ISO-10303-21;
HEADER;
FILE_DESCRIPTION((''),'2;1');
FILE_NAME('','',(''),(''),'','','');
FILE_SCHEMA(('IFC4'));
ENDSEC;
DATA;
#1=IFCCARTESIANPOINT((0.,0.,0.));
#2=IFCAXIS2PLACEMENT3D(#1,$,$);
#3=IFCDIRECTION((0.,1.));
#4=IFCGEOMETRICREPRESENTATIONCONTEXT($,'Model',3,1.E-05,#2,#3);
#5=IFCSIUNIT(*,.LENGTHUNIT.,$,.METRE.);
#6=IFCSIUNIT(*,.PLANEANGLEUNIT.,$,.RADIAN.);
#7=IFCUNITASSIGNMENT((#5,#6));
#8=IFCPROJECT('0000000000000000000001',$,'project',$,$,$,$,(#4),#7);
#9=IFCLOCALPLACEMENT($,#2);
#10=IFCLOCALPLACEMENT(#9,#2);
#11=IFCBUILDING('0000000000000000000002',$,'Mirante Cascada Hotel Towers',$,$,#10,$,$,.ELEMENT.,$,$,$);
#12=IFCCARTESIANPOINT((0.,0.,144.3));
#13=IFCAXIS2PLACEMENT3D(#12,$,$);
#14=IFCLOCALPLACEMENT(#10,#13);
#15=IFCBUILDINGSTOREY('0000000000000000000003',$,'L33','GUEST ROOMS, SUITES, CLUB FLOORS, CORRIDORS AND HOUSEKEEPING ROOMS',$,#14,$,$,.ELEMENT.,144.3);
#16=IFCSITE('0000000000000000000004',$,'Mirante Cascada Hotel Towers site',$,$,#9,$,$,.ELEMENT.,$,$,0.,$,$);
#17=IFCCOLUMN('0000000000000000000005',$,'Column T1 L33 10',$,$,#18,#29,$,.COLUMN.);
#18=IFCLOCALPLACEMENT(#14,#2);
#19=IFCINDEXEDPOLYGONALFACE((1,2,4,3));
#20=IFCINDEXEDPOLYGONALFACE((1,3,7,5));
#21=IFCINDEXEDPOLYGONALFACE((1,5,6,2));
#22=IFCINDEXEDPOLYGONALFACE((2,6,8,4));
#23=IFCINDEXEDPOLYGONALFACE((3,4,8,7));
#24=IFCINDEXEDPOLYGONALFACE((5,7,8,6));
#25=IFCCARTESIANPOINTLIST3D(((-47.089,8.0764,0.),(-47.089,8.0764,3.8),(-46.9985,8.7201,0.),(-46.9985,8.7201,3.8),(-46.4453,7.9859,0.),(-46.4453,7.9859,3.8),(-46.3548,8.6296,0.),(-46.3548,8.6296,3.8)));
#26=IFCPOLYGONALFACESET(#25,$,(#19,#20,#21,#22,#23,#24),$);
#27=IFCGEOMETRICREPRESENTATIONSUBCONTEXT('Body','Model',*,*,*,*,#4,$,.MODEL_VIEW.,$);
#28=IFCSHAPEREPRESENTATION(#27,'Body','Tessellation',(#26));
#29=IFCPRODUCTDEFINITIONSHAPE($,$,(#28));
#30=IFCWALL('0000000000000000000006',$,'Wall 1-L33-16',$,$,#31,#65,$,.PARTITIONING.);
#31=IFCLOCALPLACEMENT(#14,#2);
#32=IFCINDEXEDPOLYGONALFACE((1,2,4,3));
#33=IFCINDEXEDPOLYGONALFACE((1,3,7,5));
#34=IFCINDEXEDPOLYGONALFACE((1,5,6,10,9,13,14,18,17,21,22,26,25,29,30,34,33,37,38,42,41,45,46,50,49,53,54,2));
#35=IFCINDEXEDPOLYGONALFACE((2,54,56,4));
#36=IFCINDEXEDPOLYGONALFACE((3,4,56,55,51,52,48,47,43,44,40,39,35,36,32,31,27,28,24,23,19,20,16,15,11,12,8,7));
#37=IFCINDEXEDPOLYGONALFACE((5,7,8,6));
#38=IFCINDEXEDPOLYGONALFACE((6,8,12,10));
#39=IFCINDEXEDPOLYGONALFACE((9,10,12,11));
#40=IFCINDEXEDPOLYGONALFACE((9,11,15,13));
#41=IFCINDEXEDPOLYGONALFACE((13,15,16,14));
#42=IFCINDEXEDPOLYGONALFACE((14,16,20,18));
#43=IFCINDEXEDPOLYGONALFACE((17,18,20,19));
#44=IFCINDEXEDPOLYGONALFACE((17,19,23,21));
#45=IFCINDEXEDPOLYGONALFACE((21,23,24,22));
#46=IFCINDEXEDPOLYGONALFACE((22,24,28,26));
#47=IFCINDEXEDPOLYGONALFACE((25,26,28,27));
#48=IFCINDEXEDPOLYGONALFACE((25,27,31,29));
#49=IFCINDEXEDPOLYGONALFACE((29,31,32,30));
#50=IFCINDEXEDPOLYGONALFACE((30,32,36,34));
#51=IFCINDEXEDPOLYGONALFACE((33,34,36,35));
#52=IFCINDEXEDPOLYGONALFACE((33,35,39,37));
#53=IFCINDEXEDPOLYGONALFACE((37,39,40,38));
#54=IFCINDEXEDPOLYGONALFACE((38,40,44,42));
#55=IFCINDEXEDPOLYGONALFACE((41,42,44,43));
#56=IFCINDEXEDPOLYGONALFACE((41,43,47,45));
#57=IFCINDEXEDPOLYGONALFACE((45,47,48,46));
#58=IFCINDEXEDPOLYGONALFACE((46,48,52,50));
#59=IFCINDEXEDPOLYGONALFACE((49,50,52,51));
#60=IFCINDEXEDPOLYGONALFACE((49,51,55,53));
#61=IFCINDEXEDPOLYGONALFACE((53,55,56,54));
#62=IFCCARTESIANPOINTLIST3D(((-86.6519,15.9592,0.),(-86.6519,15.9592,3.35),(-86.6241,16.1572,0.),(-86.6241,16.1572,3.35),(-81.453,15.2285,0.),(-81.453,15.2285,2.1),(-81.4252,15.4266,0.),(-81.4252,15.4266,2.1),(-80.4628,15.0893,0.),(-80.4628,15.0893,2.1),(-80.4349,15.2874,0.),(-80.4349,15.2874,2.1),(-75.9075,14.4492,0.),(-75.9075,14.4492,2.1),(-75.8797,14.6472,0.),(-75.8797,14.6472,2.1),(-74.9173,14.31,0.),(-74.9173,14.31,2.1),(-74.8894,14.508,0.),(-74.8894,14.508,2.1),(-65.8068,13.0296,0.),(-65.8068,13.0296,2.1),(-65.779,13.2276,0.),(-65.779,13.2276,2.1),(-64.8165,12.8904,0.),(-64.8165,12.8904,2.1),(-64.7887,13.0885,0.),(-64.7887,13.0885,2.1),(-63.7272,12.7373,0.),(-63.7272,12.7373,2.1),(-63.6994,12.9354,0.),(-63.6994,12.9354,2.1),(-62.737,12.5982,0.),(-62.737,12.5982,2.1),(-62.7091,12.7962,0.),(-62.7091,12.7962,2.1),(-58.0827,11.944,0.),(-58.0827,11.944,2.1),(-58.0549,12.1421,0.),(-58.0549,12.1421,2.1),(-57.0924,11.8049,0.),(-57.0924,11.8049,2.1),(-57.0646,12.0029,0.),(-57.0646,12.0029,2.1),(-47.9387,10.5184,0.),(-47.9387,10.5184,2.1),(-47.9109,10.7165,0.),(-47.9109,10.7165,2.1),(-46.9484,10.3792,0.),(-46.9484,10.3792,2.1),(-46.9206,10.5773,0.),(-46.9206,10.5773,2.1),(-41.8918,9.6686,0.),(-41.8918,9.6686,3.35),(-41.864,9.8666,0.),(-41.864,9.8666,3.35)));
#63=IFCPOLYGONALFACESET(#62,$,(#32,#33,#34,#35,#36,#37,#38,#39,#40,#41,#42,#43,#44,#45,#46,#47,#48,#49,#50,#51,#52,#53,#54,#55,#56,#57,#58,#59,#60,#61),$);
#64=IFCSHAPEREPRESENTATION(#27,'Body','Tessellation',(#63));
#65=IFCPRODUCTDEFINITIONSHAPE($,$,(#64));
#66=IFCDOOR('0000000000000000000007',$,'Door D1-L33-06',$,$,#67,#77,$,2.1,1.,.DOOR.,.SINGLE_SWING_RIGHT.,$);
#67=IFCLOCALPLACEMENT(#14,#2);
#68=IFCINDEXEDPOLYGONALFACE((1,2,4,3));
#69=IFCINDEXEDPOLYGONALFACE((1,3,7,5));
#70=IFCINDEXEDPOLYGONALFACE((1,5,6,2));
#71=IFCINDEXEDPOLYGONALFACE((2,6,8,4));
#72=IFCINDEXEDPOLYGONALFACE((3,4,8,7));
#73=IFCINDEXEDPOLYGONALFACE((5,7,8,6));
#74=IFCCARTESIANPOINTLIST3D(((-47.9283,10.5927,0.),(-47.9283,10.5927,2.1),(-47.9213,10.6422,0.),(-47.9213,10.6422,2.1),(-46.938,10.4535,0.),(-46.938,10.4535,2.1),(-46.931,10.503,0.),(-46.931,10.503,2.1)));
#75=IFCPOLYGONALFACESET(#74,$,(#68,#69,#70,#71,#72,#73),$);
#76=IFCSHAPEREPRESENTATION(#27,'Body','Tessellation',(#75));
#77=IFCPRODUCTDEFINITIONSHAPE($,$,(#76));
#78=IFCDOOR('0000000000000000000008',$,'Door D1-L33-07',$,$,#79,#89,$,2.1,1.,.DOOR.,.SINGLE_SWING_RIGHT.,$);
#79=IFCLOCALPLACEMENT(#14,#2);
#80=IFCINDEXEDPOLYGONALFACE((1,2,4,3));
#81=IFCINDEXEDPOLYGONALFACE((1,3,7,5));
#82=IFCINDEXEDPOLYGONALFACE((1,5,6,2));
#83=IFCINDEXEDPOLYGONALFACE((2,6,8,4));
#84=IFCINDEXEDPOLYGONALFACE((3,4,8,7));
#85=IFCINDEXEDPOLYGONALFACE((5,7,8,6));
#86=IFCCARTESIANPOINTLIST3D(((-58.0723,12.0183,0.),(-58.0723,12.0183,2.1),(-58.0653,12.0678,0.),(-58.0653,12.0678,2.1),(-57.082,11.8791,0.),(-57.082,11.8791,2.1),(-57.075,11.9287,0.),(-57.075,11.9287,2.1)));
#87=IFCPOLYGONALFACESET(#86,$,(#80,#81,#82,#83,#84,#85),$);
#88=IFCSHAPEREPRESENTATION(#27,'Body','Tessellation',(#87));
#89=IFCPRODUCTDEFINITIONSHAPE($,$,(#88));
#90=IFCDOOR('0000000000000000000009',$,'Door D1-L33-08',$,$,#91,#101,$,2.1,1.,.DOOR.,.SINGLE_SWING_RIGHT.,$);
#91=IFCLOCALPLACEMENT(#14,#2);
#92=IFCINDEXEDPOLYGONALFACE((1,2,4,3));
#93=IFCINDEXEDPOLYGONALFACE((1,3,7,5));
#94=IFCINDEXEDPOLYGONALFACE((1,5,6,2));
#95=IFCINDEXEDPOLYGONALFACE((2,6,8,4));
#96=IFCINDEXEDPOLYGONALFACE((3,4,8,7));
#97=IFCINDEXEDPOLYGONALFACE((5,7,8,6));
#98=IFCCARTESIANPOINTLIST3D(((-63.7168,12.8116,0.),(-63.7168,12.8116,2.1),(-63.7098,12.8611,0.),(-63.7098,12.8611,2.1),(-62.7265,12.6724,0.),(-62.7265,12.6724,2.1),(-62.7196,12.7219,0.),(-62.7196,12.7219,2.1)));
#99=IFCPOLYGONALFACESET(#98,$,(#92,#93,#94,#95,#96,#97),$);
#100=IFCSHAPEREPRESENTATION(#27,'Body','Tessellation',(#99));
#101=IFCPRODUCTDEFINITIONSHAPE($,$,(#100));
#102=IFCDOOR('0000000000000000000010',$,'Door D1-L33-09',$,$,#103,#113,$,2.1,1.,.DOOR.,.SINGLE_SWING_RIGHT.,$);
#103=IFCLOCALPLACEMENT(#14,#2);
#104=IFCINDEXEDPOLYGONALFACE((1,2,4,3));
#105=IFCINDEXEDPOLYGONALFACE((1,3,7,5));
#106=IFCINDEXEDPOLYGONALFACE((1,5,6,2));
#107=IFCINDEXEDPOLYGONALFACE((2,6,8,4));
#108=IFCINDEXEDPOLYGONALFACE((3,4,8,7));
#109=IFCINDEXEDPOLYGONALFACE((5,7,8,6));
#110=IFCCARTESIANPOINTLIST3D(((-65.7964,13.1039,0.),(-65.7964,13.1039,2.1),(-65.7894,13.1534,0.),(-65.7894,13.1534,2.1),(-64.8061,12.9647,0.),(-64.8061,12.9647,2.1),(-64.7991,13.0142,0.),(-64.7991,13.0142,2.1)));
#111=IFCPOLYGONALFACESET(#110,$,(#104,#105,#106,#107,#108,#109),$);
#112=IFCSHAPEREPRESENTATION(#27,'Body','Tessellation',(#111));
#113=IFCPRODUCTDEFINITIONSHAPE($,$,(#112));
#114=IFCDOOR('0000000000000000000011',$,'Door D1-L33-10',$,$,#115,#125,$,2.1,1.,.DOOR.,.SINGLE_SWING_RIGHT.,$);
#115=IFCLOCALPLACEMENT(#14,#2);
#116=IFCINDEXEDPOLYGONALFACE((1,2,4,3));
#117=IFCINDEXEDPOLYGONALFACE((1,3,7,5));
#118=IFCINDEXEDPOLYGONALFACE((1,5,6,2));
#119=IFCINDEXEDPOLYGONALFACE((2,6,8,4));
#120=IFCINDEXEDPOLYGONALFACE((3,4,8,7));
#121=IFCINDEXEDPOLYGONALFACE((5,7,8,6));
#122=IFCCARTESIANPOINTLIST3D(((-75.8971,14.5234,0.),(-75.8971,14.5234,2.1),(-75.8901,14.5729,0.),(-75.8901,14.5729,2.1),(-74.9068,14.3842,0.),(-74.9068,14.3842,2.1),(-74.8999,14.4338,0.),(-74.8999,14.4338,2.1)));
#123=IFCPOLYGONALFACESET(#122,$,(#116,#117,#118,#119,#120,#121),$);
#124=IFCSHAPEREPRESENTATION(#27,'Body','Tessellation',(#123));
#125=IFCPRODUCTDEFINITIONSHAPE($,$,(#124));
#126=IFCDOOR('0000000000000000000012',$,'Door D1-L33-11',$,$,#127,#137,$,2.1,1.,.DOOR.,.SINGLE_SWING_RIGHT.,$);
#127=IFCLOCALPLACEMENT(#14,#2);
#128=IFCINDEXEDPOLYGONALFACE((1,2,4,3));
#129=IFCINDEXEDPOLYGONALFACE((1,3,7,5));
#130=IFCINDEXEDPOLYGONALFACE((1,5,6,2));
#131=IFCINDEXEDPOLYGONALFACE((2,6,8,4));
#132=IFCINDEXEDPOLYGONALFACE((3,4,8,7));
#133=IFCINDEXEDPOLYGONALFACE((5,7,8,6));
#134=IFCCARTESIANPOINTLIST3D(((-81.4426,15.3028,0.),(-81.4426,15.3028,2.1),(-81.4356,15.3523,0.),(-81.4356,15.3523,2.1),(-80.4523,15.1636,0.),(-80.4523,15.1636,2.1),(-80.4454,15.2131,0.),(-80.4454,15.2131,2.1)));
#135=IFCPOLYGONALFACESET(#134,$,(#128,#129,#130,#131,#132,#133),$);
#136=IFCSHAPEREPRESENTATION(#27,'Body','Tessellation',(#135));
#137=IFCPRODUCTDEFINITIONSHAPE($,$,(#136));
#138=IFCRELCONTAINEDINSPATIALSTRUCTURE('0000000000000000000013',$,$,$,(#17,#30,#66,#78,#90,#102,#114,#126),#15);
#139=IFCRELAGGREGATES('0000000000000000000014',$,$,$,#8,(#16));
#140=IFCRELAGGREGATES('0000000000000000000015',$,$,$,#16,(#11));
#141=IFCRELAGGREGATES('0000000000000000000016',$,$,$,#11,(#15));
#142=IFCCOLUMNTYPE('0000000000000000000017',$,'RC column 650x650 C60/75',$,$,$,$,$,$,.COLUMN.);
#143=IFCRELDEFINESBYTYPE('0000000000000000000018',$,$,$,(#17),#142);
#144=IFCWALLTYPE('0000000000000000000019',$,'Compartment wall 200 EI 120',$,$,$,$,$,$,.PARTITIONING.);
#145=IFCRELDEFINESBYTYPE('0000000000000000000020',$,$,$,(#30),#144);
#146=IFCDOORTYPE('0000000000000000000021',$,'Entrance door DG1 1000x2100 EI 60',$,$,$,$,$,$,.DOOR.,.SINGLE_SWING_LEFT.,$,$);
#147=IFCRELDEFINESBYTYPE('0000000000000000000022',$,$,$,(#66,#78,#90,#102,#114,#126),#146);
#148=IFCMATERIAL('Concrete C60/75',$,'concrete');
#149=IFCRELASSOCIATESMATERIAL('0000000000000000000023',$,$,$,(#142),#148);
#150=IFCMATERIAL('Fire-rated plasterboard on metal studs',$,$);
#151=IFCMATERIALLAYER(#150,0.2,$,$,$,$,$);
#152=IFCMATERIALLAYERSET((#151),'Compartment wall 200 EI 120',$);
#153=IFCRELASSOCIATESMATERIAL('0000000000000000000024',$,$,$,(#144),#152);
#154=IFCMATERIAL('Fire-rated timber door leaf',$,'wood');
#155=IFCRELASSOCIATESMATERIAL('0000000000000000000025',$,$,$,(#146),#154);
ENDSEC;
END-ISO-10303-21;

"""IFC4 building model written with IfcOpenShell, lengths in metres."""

from ifc_helpers import new_model, si_unit, direction, frame, frame_2d, origin, origin_2d, place, context, subcontext, project, spatial, rectangle, extrude, material, layer, layer_set, material_profile, profile_set, type_object, element, fill, save


model = new_model("IFC4")

# Units and contexts
model_context = context("Model", 3, precision=1e-05, world=origin(), true_north=direction((0.0, 1.0)))
body_context = subcontext(model_context, "Body", "Model", "MODEL_VIEW")
ifc_project = project(units=[si_unit("LENGTHUNIT", "METRE"), si_unit("PLANEANGLEUNIT", "RADIAN")], contexts=[model_context])

# Site, building, storey
site_placement = place(None, origin())
site = spatial("IfcSite", under=ifc_project, at=site_placement, Name="Mirante Cascada Hotel Towers site", CompositionType="ELEMENT", RefElevation=0.0)
building_placement = place(site_placement, origin())
building = spatial("IfcBuilding", under=site, at=building_placement, Name="Mirante Cascada Hotel Towers", CompositionType="ELEMENT")
storey_placement = place(building_placement, frame((0.0, 0.0, 144.3)))
storey = spatial("IfcBuildingStorey", under=building, at=storey_placement, Name="L33", Description="GUEST ROOMS, SUITES, CLUB FLOORS, CORRIDORS AND HOUSEKEEPING ROOMS", CompositionType="ELEMENT", Elevation=144.3)

# Column
ifc_material_1 = material(Name="Concrete C60/75", Category="concrete")
ifc_material_profile = material_profile(ifc_material_1, rectangle(XDim=0.65, YDim=0.65, at=origin_2d()), Name="RC column 650x650 C60/75")
ifc_profile_set = profile_set([ifc_material_profile], Name="Concrete C60/75")
column_type = type_object("IfcColumnType", Name="RC column 650x650 C60/75", PredefinedType="COLUMN", material=ifc_profile_set)
column_placement = place(storey_placement, frame((-46.7219, 8.353, 0.0), z_axis=(0.0, 0.0, 1.0), x_axis=(-0.990268, 0.139173, 0.0)))
element("IfcColumn", 1, at=column_placement, inside=storey, type_object=column_type, Name="Column T1 L33 10", PredefinedType="COLUMN", context=body_context, shape_type="SweptSolid", body=[
    extrude(rectangle(XDim=0.65, YDim=0.65, at=origin_2d()), origin(), (0.0, 0.0, 1.0), 3.8),
])

# Wall, openings, doors
ifc_material_2 = material(Name="Fire-rated plasterboard on metal studs")
ifc_layer_1 = layer(ifc_material_2, 0.2)
ifc_layer_set_1 = layer_set([ifc_layer_1], Name="Compartment wall 200 EI 120")
wall_type_1 = type_object("IfcWallType", Name="Compartment wall 200 EI 120", PredefinedType="PARTITIONING", material=ifc_layer_set_1)
wall_1_placement = place(storey_placement, frame((-41.8779, 9.7676, 0.0), z_axis=(0.0, 0.0, 1.0), x_axis=(-0.990268, 0.139173, 0.0)))
wall_1 = element("IfcWall", 2, at=wall_1_placement, inside=storey, type_object=wall_type_1, Name="Wall 1-L33-16", PredefinedType="PARTITIONING", context=body_context, shape_type="SweptSolid", body=[
    extrude(rectangle(XDim=45.2, YDim=0.2, at=frame_2d((22.6, 0.0))), origin(), (0.0, 0.0, 1.0), 3.35),
])
opening_1_placement = place(wall_1_placement, frame((5.1063, 0.0, 0.0)))
opening_1 = element("IfcOpeningElement", 3, at=opening_1_placement, cuts=wall_1, PredefinedType="OPENING", context=body_context, shape_type="SweptSolid", body=[
    extrude(rectangle(XDim=1.0, YDim=2.1, at=frame_2d((0.5, 1.05))), frame((0.0, 0.1, 0.0), z_axis=(0.0, -1.0, 0.0), x_axis=(1.0, 0.0, 0.0)), (0.0, 0.0, 1.0), 0.2),
])
opening_2_placement = place(wall_1_placement, frame((15.35, 0.0, 0.0)))
opening_2 = element("IfcOpeningElement", 4, at=opening_2_placement, cuts=wall_1, PredefinedType="OPENING", context=body_context, shape_type="SweptSolid", body=[
    extrude(rectangle(XDim=1.0, YDim=2.1, at=frame_2d((0.5, 1.05))), frame((0.0, 0.1, 0.0), z_axis=(0.0, -1.0, 0.0), x_axis=(1.0, 0.0, 0.0)), (0.0, 0.0, 1.0), 0.2),
])
opening_3_placement = place(wall_1_placement, frame((21.05, 0.0, 0.0)))
opening_3 = element("IfcOpeningElement", 5, at=opening_3_placement, cuts=wall_1, PredefinedType="OPENING", context=body_context, shape_type="SweptSolid", body=[
    extrude(rectangle(XDim=1.0, YDim=2.1, at=frame_2d((0.5, 1.05))), frame((0.0, 0.1, 0.0), z_axis=(0.0, -1.0, 0.0), x_axis=(1.0, 0.0, 0.0)), (0.0, 0.0, 1.0), 0.2),
])
opening_4_placement = place(wall_1_placement, frame((23.15, 0.0, 0.0)))
opening_4 = element("IfcOpeningElement", 6, at=opening_4_placement, cuts=wall_1, PredefinedType="OPENING", context=body_context, shape_type="SweptSolid", body=[
    extrude(rectangle(XDim=1.0, YDim=2.1, at=frame_2d((0.5, 1.05))), frame((0.0, 0.1, 0.0), z_axis=(0.0, -1.0, 0.0), x_axis=(1.0, 0.0, 0.0)), (0.0, 0.0, 1.0), 0.2),
])
opening_5_placement = place(wall_1_placement, frame((33.35, 0.0, 0.0)))
opening_5 = element("IfcOpeningElement", 7, at=opening_5_placement, cuts=wall_1, PredefinedType="OPENING", context=body_context, shape_type="SweptSolid", body=[
    extrude(rectangle(XDim=1.0, YDim=2.1, at=frame_2d((0.5, 1.05))), frame((0.0, 0.1, 0.0), z_axis=(0.0, -1.0, 0.0), x_axis=(1.0, 0.0, 0.0)), (0.0, 0.0, 1.0), 0.2),
])
opening_6_placement = place(wall_1_placement, frame((38.95, 0.0, 0.0)))
opening_6 = element("IfcOpeningElement", 8, at=opening_6_placement, cuts=wall_1, PredefinedType="OPENING", context=body_context, shape_type="SweptSolid", body=[
    extrude(rectangle(XDim=1.0, YDim=2.1, at=frame_2d((0.5, 1.05))), frame((0.0, 0.1, 0.0), z_axis=(0.0, -1.0, 0.0), x_axis=(1.0, 0.0, 0.0)), (0.0, 0.0, 1.0), 0.2),
])
ifc_material_3 = material(Name="Fire-rated timber door leaf", Category="wood")
door_type_1 = type_object("IfcDoorType", Name="Entrance door DG1 1000x2100 EI 60", OperationType="SINGLE_SWING_LEFT", PredefinedType="DOOR", material=ifc_material_3)
door_1_placement = place(opening_1_placement, frame((1.0, 0.0, 0.0), z_axis=(0.0, 0.0, 1.0), x_axis=(-1.0, 0.0, 0.0)))
door_1 = element("IfcDoor", 9, at=door_1_placement, inside=storey, type_object=door_type_1, Name="Door D1-L33-06", OperationType="SINGLE_SWING_RIGHT", OverallHeight=2.1, OverallWidth=1.0, PredefinedType="DOOR", context=body_context, shape_type="SweptSolid", body=[
    extrude(rectangle(XDim=1.0, YDim=2.1, at=frame_2d((0.5, 1.05))), frame((0.0, 0.025, 0.0), z_axis=(0.0, -1.0, 0.0), x_axis=(1.0, 0.0, 0.0)), (0.0, 0.0, 1.0), 0.05),
])
fill(opening_1, door_1)
door_2_placement = place(opening_2_placement, frame((1.0, 0.0, 0.0), z_axis=(0.0, 0.0, 1.0), x_axis=(-1.0, 0.0, 0.0)))
door_2 = element("IfcDoor", 10, at=door_2_placement, inside=storey, type_object=door_type_1, Name="Door D1-L33-07", OperationType="SINGLE_SWING_RIGHT", OverallHeight=2.1, OverallWidth=1.0, PredefinedType="DOOR", context=body_context, shape_type="SweptSolid", body=[
    extrude(rectangle(XDim=1.0, YDim=2.1, at=frame_2d((0.5, 1.05))), frame((0.0, 0.025, 0.0), z_axis=(0.0, -1.0, 0.0), x_axis=(1.0, 0.0, 0.0)), (0.0, 0.0, 1.0), 0.05),
])
fill(opening_2, door_2)
door_3_placement = place(opening_3_placement, frame((1.0, 0.0, 0.0), z_axis=(0.0, 0.0, 1.0), x_axis=(-1.0, 0.0, 0.0)))
door_3 = element("IfcDoor", 11, at=door_3_placement, inside=storey, type_object=door_type_1, Name="Door D1-L33-08", OperationType="SINGLE_SWING_RIGHT", OverallHeight=2.1, OverallWidth=1.0, PredefinedType="DOOR", context=body_context, shape_type="SweptSolid", body=[
    extrude(rectangle(XDim=1.0, YDim=2.1, at=frame_2d((0.5, 1.05))), frame((0.0, 0.025, 0.0), z_axis=(0.0, -1.0, 0.0), x_axis=(1.0, 0.0, 0.0)), (0.0, 0.0, 1.0), 0.05),
])
fill(opening_3, door_3)
door_4_placement = place(opening_4_placement, frame((1.0, 0.0, 0.0), z_axis=(0.0, 0.0, 1.0), x_axis=(-1.0, 0.0, 0.0)))
door_4 = element("IfcDoor", 12, at=door_4_placement, inside=storey, type_object=door_type_1, Name="Door D1-L33-09", OperationType="SINGLE_SWING_RIGHT", OverallHeight=2.1, OverallWidth=1.0, PredefinedType="DOOR", context=body_context, shape_type="SweptSolid", body=[
    extrude(rectangle(XDim=1.0, YDim=2.1, at=frame_2d((0.5, 1.05))), frame((0.0, 0.025, 0.0), z_axis=(0.0, -1.0, 0.0), x_axis=(1.0, 0.0, 0.0)), (0.0, 0.0, 1.0), 0.05),
])
fill(opening_4, door_4)
door_5_placement = place(opening_5_placement, frame((1.0, 0.0, 0.0), z_axis=(0.0, 0.0, 1.0), x_axis=(-1.0, 0.0, 0.0)))
door_5 = element("IfcDoor", 13, at=door_5_placement, inside=storey, type_object=door_type_1, Name="Door D1-L33-10", OperationType="SINGLE_SWING_RIGHT", OverallHeight=2.1, OverallWidth=1.0, PredefinedType="DOOR", context=body_context, shape_type="SweptSolid", body=[
    extrude(rectangle(XDim=1.0, YDim=2.1, at=frame_2d((0.5, 1.05))), frame((0.0, 0.025, 0.0), z_axis=(0.0, -1.0, 0.0), x_axis=(1.0, 0.0, 0.0)), (0.0, 0.0, 1.0), 0.05),
])
fill(opening_5, door_5)
door_6_placement = place(opening_6_placement, frame((1.0, 0.0, 0.0), z_axis=(0.0, 0.0, 1.0), x_axis=(-1.0, 0.0, 0.0)))
door_6 = element("IfcDoor", 14, at=door_6_placement, inside=storey, type_object=door_type_1, Name="Door D1-L33-11", OperationType="SINGLE_SWING_RIGHT", OverallHeight=2.1, OverallWidth=1.0, PredefinedType="DOOR", context=body_context, shape_type="SweptSolid", body=[
    extrude(rectangle(XDim=1.0, YDim=2.1, at=frame_2d((0.5, 1.05))), frame((0.0, 0.025, 0.0), z_axis=(0.0, -1.0, 0.0), x_axis=(1.0, 0.0, 0.0)), (0.0, 0.0, 1.0), 0.05),
])
fill(opening_6, door_6)

save(model, "model.ifc")
